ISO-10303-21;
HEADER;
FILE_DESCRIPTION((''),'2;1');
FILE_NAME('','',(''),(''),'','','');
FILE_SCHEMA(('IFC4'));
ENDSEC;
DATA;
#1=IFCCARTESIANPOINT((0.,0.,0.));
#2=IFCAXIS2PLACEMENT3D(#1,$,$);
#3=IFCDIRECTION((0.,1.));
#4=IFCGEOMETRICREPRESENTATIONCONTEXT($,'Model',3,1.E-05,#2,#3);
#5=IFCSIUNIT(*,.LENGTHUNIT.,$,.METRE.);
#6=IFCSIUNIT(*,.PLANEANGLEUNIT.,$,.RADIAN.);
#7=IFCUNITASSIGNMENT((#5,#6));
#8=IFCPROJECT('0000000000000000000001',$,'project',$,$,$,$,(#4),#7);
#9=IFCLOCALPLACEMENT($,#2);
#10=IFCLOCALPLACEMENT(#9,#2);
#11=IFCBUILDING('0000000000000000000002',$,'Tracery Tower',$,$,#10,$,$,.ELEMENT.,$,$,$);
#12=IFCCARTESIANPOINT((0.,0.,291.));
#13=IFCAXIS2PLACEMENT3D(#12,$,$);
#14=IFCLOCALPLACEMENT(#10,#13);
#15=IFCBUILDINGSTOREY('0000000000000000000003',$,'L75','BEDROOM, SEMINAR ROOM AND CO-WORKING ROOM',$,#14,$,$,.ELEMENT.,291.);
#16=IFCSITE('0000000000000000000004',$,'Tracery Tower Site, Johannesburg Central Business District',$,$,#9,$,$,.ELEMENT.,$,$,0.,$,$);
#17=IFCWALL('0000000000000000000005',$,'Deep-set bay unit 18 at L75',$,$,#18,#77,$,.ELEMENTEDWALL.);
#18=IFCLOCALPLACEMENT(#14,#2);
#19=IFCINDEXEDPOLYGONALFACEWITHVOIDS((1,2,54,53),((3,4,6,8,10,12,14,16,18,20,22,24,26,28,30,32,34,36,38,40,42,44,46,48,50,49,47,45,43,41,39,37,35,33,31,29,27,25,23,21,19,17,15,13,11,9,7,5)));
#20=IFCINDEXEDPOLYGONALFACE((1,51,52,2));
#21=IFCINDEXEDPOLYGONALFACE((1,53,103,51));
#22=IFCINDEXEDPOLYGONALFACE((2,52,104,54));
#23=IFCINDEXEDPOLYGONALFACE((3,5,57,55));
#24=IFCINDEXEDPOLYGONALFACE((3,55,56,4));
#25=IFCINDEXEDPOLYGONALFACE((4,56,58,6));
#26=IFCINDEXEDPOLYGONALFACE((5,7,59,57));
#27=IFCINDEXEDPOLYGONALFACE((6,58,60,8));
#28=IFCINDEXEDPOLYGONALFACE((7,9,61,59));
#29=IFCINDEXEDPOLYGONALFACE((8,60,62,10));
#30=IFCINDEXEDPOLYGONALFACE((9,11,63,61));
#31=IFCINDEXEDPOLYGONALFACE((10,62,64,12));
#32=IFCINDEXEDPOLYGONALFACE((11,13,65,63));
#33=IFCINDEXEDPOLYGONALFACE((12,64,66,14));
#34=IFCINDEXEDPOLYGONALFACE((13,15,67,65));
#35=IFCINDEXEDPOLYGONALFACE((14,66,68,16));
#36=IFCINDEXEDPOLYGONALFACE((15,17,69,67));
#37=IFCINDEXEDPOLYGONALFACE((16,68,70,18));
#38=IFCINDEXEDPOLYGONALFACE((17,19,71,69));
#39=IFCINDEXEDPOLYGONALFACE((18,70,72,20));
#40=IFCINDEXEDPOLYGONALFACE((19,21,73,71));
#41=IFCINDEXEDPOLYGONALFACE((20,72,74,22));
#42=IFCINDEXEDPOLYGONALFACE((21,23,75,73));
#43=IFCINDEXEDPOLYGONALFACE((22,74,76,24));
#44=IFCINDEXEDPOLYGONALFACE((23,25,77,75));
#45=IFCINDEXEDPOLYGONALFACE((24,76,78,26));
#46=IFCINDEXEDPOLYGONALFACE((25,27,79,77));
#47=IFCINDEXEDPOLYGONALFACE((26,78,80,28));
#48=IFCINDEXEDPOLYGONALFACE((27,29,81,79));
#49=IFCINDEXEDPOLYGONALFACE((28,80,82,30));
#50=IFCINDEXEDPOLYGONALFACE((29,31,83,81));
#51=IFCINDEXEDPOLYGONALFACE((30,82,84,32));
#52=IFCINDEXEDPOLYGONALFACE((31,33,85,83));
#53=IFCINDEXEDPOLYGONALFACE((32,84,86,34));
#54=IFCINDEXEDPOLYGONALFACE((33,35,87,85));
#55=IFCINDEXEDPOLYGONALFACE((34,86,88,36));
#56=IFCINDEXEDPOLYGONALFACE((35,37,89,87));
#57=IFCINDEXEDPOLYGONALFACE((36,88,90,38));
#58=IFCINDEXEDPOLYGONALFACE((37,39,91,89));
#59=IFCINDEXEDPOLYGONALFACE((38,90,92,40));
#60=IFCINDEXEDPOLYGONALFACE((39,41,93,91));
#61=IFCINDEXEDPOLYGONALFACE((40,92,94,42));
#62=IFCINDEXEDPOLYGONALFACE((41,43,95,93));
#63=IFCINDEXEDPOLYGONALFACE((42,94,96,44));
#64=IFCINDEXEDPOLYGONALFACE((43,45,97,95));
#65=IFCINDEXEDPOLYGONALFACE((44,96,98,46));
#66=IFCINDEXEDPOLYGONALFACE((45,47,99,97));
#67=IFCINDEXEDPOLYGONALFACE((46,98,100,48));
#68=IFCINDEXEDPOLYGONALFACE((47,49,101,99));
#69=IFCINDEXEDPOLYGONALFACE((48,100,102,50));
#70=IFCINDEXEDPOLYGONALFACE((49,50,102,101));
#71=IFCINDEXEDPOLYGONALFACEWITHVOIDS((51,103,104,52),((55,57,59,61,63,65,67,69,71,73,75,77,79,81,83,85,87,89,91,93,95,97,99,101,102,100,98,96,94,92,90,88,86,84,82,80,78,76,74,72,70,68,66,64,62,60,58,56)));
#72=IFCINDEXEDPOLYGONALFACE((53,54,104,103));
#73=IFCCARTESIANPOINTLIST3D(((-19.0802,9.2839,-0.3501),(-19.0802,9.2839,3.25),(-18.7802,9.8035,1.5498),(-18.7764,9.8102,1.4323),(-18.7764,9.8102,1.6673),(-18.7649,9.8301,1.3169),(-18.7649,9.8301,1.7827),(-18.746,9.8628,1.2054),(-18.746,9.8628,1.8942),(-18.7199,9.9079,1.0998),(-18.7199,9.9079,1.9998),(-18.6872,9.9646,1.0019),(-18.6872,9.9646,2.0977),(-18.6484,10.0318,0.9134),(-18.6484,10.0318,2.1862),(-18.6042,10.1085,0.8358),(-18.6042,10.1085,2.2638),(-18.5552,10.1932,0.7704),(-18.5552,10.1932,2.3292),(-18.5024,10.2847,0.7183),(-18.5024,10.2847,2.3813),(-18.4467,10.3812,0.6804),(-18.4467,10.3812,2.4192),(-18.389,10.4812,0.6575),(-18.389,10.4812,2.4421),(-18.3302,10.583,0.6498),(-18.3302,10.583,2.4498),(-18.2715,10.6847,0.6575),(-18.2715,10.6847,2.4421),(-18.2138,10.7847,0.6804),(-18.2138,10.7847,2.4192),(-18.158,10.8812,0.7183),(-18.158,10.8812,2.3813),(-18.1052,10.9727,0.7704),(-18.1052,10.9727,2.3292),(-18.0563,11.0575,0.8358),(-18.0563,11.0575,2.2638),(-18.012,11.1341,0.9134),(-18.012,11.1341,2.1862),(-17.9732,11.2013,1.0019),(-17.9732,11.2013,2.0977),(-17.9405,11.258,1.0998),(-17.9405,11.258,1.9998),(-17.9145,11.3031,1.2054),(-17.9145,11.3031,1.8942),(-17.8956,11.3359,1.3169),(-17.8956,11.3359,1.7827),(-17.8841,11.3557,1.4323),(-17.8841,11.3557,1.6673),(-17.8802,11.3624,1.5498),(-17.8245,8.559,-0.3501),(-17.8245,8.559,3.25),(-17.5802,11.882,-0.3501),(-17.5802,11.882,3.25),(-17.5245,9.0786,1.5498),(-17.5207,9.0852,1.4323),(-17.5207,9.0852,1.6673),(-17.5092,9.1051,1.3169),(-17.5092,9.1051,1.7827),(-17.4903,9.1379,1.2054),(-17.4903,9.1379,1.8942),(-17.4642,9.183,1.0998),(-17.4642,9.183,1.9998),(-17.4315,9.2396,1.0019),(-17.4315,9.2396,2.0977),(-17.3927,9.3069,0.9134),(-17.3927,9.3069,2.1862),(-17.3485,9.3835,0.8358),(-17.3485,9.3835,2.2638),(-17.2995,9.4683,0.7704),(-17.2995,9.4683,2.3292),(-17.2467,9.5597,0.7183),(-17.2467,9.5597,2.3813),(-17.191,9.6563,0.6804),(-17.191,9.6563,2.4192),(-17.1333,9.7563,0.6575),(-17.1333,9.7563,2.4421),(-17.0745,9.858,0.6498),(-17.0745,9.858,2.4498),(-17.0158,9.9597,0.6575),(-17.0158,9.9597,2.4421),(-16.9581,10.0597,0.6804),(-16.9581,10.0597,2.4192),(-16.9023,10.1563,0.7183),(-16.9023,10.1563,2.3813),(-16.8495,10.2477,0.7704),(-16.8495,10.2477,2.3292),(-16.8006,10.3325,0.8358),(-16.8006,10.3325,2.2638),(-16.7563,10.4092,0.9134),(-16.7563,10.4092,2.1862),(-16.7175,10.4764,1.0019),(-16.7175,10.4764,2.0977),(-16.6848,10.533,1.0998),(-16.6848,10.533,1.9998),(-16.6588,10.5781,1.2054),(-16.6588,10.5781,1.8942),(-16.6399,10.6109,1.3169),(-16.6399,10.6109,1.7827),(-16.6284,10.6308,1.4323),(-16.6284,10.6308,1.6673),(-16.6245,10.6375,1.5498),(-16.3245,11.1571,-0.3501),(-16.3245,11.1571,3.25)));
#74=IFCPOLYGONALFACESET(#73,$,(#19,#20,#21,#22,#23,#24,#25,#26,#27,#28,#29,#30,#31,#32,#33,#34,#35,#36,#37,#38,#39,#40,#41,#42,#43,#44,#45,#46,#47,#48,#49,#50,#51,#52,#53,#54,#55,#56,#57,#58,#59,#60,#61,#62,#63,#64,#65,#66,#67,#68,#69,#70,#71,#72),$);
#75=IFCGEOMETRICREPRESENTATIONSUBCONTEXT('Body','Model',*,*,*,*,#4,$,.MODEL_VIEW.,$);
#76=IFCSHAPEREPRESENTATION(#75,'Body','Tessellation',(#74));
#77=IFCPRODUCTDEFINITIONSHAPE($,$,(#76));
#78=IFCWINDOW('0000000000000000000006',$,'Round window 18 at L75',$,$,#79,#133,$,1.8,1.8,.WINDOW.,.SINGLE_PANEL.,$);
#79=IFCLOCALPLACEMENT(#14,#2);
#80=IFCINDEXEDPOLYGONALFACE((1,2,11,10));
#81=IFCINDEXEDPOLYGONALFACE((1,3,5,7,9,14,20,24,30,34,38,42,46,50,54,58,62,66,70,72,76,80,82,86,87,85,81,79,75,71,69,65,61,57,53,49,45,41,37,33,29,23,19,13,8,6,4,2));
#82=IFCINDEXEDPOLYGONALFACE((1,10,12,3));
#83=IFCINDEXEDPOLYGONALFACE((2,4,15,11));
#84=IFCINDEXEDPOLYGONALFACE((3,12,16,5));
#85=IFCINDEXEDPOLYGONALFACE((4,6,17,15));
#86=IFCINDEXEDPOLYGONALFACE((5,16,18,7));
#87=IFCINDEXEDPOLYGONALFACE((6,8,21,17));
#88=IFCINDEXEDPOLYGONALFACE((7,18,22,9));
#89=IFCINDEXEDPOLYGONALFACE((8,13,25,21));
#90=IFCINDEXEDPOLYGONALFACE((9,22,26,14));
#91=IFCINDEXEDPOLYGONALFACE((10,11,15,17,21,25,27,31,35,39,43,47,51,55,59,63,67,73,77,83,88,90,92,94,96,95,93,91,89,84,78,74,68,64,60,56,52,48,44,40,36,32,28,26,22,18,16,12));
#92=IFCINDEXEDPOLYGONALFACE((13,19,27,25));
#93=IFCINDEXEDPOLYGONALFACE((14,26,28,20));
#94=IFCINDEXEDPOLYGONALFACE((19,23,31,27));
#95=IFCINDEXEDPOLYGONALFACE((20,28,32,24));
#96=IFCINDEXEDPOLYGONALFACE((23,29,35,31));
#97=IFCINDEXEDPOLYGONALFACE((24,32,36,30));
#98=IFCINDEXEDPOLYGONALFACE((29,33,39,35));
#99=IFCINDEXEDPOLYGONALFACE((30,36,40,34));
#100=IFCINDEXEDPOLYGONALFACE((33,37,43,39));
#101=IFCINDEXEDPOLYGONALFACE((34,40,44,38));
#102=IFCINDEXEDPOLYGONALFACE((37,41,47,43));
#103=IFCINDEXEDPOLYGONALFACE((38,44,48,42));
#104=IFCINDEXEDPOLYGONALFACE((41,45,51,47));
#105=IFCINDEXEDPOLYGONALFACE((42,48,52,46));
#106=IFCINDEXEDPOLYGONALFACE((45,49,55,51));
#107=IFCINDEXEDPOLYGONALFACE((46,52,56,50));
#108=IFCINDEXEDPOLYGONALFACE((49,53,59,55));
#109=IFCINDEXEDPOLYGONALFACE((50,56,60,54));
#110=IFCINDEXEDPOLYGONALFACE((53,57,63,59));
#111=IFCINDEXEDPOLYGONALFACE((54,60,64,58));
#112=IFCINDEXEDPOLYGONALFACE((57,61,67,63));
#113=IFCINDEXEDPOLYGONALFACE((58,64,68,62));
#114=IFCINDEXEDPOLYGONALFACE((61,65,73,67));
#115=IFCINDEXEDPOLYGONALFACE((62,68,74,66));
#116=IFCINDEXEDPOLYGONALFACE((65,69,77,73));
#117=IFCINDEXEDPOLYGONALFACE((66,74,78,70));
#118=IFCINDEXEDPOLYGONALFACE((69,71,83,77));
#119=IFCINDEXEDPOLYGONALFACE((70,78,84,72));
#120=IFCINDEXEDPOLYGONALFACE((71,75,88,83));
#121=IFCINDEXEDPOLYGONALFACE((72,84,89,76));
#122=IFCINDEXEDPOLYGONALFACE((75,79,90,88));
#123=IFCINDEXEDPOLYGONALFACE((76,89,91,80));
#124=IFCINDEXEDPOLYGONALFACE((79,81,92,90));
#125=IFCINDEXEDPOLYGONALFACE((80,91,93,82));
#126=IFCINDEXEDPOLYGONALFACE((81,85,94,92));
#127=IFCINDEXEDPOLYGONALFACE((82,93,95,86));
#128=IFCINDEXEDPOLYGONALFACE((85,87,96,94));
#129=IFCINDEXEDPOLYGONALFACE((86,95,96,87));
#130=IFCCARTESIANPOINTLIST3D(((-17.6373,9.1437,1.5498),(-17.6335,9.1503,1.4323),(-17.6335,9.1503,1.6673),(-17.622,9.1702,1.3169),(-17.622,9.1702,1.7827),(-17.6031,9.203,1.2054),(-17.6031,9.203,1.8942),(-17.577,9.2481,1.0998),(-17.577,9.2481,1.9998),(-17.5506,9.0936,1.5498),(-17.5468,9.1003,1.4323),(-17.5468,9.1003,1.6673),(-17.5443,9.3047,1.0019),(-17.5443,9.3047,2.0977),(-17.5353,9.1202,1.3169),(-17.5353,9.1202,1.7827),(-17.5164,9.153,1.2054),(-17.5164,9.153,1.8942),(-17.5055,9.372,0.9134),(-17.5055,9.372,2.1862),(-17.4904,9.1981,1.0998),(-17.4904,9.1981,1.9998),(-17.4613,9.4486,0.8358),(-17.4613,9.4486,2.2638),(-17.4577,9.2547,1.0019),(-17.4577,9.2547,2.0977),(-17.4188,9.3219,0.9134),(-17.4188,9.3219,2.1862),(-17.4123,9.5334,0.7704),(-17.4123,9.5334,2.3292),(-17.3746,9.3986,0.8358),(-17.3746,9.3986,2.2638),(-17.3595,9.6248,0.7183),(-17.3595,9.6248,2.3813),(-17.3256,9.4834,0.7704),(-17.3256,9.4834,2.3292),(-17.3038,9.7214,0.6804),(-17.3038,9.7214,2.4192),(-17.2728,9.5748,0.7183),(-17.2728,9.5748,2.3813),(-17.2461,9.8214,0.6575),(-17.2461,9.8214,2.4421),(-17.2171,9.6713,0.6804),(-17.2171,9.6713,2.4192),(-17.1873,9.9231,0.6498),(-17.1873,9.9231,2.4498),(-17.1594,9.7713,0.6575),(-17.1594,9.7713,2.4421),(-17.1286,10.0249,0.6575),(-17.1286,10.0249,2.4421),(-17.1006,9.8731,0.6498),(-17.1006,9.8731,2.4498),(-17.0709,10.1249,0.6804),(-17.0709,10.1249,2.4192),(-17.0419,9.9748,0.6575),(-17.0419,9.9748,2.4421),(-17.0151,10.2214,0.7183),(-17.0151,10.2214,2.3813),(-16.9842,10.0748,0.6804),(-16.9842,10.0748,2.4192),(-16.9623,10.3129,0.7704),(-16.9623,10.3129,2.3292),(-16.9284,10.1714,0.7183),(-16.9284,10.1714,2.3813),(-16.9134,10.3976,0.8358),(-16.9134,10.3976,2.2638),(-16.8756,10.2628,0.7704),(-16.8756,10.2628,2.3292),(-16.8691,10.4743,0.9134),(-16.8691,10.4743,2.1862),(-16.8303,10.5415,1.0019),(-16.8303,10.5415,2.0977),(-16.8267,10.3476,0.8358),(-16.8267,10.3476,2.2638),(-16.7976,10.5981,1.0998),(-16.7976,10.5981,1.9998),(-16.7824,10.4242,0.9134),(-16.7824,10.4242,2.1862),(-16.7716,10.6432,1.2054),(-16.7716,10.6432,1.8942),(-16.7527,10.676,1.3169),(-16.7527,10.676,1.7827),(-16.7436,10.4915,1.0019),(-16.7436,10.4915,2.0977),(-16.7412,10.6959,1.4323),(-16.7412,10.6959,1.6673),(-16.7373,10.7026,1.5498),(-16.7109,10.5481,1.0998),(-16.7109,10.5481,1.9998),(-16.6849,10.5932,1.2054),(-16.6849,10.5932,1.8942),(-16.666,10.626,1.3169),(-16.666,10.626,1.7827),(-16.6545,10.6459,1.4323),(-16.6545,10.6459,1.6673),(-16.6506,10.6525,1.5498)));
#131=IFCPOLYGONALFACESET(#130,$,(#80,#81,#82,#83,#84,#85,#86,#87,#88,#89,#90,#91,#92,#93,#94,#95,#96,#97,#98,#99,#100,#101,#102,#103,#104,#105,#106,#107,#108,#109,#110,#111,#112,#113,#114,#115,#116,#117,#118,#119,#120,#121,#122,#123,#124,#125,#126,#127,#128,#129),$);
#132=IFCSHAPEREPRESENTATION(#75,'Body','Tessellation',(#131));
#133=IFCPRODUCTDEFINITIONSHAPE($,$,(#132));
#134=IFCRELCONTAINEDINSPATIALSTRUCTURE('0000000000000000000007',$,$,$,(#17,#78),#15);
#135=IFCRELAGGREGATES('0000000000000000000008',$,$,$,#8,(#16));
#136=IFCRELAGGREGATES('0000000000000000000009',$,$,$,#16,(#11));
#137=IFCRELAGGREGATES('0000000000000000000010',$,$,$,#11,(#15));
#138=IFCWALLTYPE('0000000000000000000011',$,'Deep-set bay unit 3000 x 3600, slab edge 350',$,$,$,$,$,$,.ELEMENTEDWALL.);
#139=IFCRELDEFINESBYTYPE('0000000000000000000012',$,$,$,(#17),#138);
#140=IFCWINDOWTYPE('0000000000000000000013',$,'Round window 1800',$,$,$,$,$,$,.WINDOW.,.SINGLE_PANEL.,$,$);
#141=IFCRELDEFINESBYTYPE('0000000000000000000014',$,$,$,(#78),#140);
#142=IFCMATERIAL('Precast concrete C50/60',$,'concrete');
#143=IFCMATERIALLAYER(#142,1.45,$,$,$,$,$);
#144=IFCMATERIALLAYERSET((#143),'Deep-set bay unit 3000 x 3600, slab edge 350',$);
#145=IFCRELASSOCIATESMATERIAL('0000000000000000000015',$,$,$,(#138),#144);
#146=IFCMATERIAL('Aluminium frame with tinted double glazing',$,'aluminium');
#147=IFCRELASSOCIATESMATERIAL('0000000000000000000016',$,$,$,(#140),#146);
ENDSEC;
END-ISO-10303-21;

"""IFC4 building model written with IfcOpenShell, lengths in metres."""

from ifc_helpers import new_model, si_unit, direction, frame, frame_2d, origin, origin_2d, place, context, subcontext, project, spatial, rectangle, circle, extrude, material, layer, layer_set, type_object, element, fill, save


model = new_model("IFC4")

# Units and contexts
model_context = context("Model", 3, precision=1e-05, world=origin(), true_north=direction((0.0, 1.0)))
body_context = subcontext(model_context, "Body", "Model", "MODEL_VIEW")
ifc_project = project(units=[si_unit("LENGTHUNIT", "METRE"), si_unit("PLANEANGLEUNIT", "RADIAN")], contexts=[model_context])

# Site, building, storey
site_placement = place(None, origin())
site = spatial("IfcSite", under=ifc_project, at=site_placement, Name="Tracery Tower Site, Johannesburg Central Business District", CompositionType="ELEMENT", RefElevation=0.0)
building_placement = place(site_placement, origin())
building = spatial("IfcBuilding", under=site, at=building_placement, Name="Tracery Tower", CompositionType="ELEMENT")
storey_placement = place(building_placement, frame((0.0, 0.0, 291.0)))
storey = spatial("IfcBuildingStorey", under=building, at=storey_placement, Name="L75", Description="BEDROOM, SEMINAR ROOM AND CO-WORKING ROOM", CompositionType="ELEMENT", Elevation=291.0)

# Wall, opening, window
ifc_material_1 = material(Name="Precast concrete C50/60", Category="concrete")
ifc_layer_1 = layer(ifc_material_1, 1.45)
ifc_layer_set_1 = layer_set([ifc_layer_1], Name="Deep-set bay unit 3000 x 3600, slab edge 350")
wall_type_1 = type_object("IfcWallType", Name="Deep-set bay unit 3000 x 3600, slab edge 350", PredefinedType="ELEMENTEDWALL", material=ifc_layer_set_1)
ifc_material_2 = material(Name="Aluminium frame with tinted double glazing", Category="aluminium")
window_type = type_object("IfcWindowType", Name="Round window 1800", PartitioningType="SINGLE_PANEL", PredefinedType="WINDOW", material=ifc_material_2)
wall_1_placement = place(storey_placement, frame((-16.9524, 11.5195, -0.3501), z_axis=(0.0, 0.0, 1.0), x_axis=(-0.49999, -0.866031, 0.0)))
wall_1 = element("IfcWall", 1, at=wall_1_placement, inside=storey, type_object=wall_type_1, Name="Deep-set bay unit 18 at L75", PredefinedType="ELEMENTEDWALL", context=body_context, shape_type="SweptSolid", body=[
    extrude(rectangle(XDim=3.0, YDim=1.45, at=frame_2d((1.5, 0.0))), origin(), (0.0, 0.0, 1.0), 3.6001),
])
opening_1_placement = place(wall_1_placement, frame((1.5, 0.0, 1.8999)))
opening_1 = element("IfcOpeningElement", 2, at=opening_1_placement, cuts=wall_1, PredefinedType="OPENING", context=body_context, shape_type="SweptSolid", body=[
    extrude(circle(Radius=0.9, at=origin_2d()), frame((0.0, 0.7349, 0.0), z_axis=(0.0, -1.0, 0.0), x_axis=(1.0, 0.0, 0.0)), (0.0, 0.0, 1.0), 1.47),
])
window_1_placement = place(opening_1_placement, origin())
window_1 = element("IfcWindow", 3, at=window_1_placement, inside=storey, type_object=window_type, Name="Round window 18 at L75", OverallHeight=1.8, OverallWidth=1.8, PartitioningType="SINGLE_PANEL", PredefinedType="WINDOW", context=body_context, shape_type="SweptSolid", body=[
    extrude(circle(Radius=0.9, at=origin_2d()), frame((0.0, 0.6948, 0.0), z_axis=(0.0, -1.0, 0.0), x_axis=(1.0, 0.0, 0.0)), (0.0, 0.0, 1.0), 0.1001),
])
fill(opening_1, window_1)

save(model, "model.ifc")
